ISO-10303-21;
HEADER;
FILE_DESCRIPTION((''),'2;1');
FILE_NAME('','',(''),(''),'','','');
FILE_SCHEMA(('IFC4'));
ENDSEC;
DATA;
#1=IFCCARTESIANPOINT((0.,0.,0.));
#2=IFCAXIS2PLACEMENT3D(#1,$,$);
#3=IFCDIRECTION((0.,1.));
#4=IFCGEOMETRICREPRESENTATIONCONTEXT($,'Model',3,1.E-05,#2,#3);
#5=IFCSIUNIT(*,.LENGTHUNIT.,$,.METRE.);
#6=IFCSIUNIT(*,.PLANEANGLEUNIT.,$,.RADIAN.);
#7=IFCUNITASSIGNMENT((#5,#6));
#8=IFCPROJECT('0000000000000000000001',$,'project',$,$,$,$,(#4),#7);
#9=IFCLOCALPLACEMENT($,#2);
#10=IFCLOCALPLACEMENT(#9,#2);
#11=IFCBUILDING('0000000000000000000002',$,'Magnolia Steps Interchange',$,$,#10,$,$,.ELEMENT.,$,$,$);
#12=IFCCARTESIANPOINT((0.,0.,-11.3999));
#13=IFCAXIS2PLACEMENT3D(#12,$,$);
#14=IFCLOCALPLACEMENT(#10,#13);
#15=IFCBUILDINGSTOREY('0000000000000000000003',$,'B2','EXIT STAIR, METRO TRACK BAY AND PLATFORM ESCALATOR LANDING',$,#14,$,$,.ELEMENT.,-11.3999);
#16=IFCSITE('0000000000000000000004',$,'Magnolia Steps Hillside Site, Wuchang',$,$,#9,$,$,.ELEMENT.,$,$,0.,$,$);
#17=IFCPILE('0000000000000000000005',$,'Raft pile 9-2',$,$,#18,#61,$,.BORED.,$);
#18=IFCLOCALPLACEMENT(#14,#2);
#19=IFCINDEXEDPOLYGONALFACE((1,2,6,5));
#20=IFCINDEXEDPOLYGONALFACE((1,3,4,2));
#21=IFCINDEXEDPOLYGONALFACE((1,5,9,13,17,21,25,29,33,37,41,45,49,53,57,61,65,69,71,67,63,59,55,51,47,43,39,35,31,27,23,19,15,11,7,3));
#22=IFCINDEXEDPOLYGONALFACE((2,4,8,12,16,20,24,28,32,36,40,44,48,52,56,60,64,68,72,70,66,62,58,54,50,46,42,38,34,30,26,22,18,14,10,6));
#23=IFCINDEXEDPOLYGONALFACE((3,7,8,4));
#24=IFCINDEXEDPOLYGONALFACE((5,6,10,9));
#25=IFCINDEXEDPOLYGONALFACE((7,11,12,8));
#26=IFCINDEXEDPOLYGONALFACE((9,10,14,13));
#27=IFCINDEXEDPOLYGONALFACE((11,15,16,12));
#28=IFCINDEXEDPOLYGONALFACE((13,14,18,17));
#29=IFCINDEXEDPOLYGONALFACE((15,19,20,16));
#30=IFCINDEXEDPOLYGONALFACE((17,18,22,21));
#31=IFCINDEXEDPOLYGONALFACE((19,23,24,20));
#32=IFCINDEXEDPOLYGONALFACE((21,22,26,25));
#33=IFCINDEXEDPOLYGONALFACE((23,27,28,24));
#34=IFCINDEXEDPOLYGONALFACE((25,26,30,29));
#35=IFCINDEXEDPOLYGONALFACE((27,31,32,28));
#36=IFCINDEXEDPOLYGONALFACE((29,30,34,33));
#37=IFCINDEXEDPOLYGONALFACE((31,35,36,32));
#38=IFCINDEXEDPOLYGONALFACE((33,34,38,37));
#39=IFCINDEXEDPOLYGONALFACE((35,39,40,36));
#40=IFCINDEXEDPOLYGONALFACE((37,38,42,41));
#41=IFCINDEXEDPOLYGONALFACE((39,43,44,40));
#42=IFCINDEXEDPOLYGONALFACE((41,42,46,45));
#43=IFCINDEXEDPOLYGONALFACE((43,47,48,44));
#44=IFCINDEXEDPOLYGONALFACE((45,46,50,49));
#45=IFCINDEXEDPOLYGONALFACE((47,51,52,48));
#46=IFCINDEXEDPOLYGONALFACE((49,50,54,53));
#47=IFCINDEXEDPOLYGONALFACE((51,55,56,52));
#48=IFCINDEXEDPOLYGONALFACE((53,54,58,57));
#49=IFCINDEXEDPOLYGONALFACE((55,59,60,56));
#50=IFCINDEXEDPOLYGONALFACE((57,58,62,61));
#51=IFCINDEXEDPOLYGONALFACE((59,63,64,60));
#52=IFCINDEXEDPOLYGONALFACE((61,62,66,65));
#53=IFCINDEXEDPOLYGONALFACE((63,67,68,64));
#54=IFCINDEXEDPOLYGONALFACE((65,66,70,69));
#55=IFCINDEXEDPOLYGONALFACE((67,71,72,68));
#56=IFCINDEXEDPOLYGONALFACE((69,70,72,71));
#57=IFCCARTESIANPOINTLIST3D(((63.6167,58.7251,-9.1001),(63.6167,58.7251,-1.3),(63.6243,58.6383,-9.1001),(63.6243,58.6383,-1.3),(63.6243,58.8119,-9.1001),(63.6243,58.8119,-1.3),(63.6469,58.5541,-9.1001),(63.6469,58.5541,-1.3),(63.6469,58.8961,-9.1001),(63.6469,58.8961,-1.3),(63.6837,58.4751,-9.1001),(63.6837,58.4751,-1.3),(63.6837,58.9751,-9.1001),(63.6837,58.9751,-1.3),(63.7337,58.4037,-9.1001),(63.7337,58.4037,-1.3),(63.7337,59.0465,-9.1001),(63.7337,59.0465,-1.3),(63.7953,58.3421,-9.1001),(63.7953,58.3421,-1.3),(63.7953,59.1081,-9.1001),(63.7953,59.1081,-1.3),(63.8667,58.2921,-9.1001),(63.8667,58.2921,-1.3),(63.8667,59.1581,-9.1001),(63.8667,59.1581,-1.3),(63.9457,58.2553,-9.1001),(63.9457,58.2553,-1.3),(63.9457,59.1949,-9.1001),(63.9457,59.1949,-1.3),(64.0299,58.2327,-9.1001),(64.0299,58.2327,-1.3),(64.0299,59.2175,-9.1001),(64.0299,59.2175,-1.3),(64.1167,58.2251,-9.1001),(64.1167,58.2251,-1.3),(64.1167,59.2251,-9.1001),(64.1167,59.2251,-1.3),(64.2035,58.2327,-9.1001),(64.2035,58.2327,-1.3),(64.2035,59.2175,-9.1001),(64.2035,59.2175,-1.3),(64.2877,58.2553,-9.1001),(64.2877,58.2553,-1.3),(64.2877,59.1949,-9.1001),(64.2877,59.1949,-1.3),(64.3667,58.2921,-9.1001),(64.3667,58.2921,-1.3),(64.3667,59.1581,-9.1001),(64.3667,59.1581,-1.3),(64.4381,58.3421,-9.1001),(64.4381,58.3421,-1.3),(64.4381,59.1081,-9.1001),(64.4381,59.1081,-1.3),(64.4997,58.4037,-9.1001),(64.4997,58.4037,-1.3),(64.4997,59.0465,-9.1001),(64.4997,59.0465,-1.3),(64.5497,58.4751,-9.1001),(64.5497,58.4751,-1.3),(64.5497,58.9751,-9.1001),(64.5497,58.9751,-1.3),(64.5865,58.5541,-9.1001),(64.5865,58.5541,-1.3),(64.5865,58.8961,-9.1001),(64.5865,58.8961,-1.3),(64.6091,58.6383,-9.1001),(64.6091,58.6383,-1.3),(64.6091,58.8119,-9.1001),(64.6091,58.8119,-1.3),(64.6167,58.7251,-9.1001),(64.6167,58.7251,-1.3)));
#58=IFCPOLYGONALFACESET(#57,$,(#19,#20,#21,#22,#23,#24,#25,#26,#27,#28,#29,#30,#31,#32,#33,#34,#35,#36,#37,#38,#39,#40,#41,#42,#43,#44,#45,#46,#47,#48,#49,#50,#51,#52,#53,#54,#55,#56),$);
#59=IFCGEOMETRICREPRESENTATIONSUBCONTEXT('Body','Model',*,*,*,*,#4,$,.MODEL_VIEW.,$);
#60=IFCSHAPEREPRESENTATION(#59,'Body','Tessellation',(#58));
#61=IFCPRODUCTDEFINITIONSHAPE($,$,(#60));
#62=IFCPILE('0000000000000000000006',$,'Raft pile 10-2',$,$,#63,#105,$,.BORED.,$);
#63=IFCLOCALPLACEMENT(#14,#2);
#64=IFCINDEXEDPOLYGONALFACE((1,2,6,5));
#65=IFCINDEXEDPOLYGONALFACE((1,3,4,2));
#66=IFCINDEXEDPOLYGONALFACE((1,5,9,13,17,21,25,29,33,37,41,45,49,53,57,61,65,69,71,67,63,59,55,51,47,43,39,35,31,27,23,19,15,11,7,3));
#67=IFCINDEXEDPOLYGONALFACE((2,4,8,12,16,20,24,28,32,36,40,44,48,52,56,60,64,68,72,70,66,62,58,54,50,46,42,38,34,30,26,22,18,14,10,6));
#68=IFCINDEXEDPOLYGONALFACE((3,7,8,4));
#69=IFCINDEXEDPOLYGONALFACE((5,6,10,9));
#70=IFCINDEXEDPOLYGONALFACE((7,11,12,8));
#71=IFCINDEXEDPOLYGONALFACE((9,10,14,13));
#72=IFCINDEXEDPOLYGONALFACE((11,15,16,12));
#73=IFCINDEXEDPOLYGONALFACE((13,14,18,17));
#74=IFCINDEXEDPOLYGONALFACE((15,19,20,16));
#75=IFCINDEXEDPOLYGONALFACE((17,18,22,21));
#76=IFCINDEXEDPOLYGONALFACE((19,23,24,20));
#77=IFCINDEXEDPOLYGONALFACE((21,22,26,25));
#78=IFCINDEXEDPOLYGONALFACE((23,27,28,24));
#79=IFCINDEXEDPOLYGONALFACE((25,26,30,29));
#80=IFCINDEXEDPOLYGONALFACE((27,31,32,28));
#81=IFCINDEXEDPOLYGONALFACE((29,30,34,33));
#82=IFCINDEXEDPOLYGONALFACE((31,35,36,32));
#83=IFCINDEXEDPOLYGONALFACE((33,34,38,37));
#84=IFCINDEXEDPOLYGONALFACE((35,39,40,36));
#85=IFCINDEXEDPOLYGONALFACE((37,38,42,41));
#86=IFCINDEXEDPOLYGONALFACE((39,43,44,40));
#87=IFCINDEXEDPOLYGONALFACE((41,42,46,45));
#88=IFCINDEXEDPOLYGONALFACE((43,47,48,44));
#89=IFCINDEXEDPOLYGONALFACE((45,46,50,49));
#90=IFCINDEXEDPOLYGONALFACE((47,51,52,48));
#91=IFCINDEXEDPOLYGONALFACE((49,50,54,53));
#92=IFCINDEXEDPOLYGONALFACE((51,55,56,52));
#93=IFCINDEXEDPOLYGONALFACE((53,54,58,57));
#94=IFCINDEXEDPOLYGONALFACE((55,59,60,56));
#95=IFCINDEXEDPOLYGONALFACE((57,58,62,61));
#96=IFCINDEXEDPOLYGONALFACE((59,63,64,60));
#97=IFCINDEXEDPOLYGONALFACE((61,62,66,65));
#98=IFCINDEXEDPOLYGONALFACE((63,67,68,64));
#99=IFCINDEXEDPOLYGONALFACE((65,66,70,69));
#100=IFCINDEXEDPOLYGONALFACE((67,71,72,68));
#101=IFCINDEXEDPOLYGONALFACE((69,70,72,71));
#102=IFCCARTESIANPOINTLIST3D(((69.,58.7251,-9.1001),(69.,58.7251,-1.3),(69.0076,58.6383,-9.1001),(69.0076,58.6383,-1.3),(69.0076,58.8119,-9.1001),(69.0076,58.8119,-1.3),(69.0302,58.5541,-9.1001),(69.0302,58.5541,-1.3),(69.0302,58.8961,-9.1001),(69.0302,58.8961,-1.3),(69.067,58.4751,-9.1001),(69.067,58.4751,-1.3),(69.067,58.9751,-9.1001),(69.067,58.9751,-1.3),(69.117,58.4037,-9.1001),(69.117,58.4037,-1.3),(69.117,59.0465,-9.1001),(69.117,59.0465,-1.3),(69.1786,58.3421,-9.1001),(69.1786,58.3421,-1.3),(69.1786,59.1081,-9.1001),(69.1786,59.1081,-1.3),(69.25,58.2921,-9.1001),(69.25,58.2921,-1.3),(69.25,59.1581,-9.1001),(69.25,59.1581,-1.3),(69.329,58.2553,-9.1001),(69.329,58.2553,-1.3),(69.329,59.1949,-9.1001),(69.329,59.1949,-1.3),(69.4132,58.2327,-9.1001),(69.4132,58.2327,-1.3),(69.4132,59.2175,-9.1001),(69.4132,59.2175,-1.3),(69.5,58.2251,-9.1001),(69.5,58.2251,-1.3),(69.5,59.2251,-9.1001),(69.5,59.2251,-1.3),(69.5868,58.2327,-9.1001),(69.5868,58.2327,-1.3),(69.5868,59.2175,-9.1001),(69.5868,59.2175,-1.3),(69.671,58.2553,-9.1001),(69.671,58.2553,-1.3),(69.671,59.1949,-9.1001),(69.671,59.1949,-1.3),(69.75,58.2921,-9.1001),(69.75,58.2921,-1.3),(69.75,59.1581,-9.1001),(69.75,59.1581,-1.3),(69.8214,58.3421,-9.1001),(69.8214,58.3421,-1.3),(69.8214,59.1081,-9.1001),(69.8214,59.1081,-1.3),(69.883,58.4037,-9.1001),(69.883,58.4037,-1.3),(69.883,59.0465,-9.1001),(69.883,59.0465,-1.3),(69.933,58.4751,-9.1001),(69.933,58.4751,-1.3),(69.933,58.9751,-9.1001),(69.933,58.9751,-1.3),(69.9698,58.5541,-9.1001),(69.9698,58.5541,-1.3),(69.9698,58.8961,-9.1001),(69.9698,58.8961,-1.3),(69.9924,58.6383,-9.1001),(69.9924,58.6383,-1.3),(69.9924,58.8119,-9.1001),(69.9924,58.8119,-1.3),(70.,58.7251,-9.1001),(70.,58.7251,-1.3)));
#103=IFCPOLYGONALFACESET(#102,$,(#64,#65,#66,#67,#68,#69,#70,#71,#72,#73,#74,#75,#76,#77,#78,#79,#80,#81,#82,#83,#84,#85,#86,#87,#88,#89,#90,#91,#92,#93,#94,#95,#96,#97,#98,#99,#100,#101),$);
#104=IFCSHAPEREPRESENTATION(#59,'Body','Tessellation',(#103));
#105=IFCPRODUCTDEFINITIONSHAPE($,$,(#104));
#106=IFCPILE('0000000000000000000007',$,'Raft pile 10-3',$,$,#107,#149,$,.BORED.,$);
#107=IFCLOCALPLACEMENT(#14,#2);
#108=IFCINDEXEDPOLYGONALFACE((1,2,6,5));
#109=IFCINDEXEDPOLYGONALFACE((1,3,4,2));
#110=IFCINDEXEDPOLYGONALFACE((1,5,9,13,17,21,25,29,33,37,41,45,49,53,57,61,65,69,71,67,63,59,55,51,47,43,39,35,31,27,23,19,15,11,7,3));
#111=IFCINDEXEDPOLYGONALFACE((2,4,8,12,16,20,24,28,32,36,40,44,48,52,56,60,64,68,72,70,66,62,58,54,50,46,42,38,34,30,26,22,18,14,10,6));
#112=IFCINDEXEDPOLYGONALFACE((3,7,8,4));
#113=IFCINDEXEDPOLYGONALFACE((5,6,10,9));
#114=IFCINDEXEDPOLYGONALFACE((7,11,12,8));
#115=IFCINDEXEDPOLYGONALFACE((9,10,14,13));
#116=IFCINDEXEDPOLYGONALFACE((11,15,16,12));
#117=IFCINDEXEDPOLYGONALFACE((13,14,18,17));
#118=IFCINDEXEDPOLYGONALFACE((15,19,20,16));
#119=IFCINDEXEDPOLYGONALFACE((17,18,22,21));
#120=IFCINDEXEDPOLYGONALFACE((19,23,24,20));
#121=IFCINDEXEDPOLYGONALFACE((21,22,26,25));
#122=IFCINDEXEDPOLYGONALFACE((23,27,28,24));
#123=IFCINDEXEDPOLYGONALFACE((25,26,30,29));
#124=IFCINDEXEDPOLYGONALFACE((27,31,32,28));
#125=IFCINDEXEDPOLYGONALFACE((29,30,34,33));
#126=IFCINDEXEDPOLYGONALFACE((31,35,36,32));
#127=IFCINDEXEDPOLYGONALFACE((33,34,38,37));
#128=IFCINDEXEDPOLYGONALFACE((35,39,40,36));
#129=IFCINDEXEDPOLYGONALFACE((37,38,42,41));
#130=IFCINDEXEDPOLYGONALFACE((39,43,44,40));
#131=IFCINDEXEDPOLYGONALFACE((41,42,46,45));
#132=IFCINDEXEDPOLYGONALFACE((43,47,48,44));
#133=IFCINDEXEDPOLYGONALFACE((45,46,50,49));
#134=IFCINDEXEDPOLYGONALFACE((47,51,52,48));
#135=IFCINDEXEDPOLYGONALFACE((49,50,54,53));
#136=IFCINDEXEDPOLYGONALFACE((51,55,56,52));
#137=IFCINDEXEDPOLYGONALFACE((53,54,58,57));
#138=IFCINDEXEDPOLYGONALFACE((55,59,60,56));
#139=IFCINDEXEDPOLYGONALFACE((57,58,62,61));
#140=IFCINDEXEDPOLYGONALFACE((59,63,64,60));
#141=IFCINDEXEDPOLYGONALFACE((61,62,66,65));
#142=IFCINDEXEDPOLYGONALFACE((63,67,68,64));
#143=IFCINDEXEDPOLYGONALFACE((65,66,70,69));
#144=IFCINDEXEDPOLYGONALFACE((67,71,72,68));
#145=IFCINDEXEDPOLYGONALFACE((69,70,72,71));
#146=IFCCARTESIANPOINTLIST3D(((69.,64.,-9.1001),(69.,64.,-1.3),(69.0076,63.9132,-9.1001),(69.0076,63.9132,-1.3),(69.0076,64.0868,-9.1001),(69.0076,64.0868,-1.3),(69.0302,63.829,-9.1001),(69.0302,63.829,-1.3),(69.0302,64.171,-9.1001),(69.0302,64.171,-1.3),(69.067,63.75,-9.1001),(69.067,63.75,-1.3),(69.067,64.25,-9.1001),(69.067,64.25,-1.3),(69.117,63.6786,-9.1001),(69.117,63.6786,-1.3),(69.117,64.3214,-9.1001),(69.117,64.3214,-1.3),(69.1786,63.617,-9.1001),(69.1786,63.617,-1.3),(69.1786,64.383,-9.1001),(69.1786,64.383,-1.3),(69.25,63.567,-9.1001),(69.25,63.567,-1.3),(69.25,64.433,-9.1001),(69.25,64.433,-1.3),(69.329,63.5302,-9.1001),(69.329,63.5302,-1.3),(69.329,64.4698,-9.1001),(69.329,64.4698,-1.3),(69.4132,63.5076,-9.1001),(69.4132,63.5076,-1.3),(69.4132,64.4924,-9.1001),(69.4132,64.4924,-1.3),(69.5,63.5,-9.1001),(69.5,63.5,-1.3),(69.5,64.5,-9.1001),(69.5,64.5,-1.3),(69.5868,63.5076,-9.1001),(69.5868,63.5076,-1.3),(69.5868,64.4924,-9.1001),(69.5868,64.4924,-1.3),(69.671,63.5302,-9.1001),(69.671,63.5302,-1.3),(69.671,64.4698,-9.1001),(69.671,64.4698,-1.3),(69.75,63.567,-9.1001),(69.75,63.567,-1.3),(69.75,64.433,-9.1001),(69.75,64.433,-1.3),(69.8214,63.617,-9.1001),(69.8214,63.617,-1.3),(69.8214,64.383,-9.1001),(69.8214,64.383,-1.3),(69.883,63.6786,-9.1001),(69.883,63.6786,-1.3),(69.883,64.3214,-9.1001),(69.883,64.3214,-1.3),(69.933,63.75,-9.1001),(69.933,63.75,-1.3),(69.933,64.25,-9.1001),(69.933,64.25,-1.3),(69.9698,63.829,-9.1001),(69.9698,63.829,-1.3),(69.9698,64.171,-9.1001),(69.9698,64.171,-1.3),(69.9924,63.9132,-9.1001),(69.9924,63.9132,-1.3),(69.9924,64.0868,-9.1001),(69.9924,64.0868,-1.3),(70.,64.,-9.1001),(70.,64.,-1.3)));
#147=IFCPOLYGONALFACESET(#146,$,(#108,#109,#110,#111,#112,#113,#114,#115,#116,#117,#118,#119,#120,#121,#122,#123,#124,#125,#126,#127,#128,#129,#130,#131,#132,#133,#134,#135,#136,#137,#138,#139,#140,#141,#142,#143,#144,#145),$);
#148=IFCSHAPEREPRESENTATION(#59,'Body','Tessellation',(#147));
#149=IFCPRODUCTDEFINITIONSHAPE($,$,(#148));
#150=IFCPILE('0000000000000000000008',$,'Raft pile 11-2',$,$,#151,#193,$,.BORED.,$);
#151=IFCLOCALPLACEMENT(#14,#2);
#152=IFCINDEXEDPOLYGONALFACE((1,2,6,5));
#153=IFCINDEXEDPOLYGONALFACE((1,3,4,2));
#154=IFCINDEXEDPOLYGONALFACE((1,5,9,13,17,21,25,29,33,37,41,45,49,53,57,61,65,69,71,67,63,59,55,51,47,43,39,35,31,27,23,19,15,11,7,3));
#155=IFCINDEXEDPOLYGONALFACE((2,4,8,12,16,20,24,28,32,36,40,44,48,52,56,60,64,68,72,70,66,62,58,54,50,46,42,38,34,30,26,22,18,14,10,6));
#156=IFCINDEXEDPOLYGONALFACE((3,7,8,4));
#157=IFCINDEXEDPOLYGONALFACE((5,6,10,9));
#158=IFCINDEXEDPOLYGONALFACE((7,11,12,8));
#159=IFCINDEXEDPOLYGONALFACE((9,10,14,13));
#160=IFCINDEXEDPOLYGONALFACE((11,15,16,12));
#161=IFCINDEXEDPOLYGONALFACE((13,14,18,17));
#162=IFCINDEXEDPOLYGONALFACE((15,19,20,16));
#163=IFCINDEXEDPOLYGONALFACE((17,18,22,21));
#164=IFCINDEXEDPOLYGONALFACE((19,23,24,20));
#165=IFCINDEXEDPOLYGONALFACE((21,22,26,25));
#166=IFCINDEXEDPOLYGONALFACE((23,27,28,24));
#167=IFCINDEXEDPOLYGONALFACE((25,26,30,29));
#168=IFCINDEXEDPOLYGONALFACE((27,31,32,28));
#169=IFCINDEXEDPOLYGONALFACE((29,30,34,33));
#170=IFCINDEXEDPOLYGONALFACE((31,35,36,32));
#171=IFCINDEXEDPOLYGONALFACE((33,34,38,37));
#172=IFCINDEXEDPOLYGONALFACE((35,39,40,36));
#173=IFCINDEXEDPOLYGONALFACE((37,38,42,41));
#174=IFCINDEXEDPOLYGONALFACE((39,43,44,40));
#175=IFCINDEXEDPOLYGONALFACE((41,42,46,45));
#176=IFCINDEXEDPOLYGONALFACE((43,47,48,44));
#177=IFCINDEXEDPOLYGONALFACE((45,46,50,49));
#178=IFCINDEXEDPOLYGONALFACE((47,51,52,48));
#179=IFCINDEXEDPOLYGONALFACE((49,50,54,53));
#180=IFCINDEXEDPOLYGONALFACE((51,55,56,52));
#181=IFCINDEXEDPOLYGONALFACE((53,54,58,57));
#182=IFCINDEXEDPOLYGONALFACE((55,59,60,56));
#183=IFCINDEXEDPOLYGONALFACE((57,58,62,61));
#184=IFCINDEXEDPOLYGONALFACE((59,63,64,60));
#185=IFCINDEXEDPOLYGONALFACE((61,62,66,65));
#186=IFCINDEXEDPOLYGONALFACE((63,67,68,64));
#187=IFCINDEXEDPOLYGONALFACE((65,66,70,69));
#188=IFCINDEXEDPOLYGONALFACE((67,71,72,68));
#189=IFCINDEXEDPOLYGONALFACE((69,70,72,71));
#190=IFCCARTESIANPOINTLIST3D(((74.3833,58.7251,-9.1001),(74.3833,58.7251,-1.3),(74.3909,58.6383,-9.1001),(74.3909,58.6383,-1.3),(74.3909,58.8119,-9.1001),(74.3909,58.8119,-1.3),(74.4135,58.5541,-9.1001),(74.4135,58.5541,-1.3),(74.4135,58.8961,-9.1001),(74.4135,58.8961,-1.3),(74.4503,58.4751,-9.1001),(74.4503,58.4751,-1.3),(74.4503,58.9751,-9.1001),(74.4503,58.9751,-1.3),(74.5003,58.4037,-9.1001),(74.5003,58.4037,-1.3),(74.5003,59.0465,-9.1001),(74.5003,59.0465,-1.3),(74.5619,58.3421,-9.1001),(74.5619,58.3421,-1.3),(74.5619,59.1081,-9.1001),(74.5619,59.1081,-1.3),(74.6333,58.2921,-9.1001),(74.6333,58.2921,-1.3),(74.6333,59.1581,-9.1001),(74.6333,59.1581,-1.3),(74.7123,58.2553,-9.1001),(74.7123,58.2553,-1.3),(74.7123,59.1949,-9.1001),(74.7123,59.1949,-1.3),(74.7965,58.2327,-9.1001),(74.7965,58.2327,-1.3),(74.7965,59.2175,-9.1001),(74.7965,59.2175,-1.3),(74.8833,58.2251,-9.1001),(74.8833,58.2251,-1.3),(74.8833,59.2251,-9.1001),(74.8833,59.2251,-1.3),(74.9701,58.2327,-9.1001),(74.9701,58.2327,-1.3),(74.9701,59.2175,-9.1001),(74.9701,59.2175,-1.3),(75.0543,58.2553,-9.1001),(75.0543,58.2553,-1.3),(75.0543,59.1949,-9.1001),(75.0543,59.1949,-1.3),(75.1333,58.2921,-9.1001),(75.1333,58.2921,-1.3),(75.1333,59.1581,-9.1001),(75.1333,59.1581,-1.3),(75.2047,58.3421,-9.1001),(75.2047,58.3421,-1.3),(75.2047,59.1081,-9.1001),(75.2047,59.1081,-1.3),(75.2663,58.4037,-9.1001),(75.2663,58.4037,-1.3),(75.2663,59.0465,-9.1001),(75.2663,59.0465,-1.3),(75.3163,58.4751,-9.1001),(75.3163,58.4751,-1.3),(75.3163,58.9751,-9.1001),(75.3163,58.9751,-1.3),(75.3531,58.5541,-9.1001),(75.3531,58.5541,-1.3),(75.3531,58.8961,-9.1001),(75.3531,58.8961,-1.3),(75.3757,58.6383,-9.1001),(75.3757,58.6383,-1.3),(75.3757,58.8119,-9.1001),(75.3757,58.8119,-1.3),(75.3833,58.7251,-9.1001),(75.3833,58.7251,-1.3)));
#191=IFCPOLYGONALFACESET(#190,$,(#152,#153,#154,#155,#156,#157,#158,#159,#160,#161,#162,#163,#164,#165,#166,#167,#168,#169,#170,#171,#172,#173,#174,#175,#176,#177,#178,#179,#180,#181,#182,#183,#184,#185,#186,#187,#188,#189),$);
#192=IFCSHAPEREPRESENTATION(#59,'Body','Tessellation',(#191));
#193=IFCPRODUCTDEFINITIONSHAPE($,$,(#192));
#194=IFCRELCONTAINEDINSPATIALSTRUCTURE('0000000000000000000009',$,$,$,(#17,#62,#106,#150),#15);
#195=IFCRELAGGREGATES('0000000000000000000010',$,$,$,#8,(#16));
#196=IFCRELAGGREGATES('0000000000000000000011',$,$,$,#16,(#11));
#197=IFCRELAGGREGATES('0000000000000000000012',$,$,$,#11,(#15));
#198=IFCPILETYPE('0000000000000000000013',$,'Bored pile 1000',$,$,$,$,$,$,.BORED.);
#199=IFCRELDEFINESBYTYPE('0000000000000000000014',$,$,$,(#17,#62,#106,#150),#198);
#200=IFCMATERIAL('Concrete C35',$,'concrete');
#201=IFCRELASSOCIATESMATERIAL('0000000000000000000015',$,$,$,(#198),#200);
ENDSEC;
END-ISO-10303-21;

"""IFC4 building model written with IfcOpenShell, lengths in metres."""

from ifc_helpers import new_model, si_unit, direction, frame, origin, origin_2d, place, context, subcontext, project, spatial, circle, extrude, material, material_profile, profile_set, type_object, element, save


model = new_model("IFC4")

# Units and contexts
model_context = context("Model", 3, precision=1e-05, world=origin(), true_north=direction((0.0, 1.0)))
body_context = subcontext(model_context, "Body", "Model", "MODEL_VIEW")
ifc_project = project(units=[si_unit("LENGTHUNIT", "METRE"), si_unit("PLANEANGLEUNIT", "RADIAN")], contexts=[model_context])

# Site, building, storey
site_placement = place(None, origin())
site = spatial("IfcSite", under=ifc_project, at=site_placement, Name="Magnolia Steps Hillside Site, Wuchang", CompositionType="ELEMENT", RefElevation=0.0)
building_placement = place(site_placement, origin())
building = spatial("IfcBuilding", under=site, at=building_placement, Name="Magnolia Steps Interchange", CompositionType="ELEMENT")
storey_placement = place(building_placement, frame((0.0, 0.0, -11.3999)))
storey = spatial("IfcBuildingStorey", under=building, at=storey_placement, Name="B2", Description="EXIT STAIR, METRO TRACK BAY AND PLATFORM ESCALATOR LANDING", CompositionType="ELEMENT", Elevation=-11.3999)

# Piles
ifc_material_1 = material(Name="Concrete C35", Category="concrete")
ifc_material_profile_1 = material_profile(ifc_material_1, circle(Radius=0.5, at=origin_2d()), Name="Bored pile 1000")
ifc_profile_set_1 = profile_set([ifc_material_profile_1], Name="Concrete C35")
pile_type_1 = type_object("IfcPileType", Name="Bored pile 1000", PredefinedType="BORED", material=ifc_profile_set_1)
for number, where, z_axis, x_axis, name in (
    (1, (64.1167, 58.7251, -1.3), (0.0, 0.0, -1.0), (1.0, 0.0, 0.0), "Raft pile 9-2"),
    (2, (69.5, 58.7251, -1.3), (0.0, 0.0, -1.0), (1.0, 0.0, 0.0), "Raft pile 10-2"),
    (3, (69.5, 64.0, -1.3), (0.0, 0.0, -1.0), (1.0, 0.0, 0.0), "Raft pile 10-3"),
    (4, (74.8833, 58.7251, -1.3), (0.0, 0.0, -1.0), (1.0, 0.0, 0.0), "Raft pile 11-2"),
):
    element("IfcPile", number, at=place(storey_placement, frame(where, z_axis=z_axis, x_axis=x_axis)), inside=storey, type_object=pile_type_1, Name=name, PredefinedType="BORED", context=body_context, shape_type="SweptSolid", body=[
        extrude(circle(Radius=0.5, at=origin_2d()), origin(), (0.0, 0.0, 1.0), 7.8),
    ])

save(model, "model.ifc")
